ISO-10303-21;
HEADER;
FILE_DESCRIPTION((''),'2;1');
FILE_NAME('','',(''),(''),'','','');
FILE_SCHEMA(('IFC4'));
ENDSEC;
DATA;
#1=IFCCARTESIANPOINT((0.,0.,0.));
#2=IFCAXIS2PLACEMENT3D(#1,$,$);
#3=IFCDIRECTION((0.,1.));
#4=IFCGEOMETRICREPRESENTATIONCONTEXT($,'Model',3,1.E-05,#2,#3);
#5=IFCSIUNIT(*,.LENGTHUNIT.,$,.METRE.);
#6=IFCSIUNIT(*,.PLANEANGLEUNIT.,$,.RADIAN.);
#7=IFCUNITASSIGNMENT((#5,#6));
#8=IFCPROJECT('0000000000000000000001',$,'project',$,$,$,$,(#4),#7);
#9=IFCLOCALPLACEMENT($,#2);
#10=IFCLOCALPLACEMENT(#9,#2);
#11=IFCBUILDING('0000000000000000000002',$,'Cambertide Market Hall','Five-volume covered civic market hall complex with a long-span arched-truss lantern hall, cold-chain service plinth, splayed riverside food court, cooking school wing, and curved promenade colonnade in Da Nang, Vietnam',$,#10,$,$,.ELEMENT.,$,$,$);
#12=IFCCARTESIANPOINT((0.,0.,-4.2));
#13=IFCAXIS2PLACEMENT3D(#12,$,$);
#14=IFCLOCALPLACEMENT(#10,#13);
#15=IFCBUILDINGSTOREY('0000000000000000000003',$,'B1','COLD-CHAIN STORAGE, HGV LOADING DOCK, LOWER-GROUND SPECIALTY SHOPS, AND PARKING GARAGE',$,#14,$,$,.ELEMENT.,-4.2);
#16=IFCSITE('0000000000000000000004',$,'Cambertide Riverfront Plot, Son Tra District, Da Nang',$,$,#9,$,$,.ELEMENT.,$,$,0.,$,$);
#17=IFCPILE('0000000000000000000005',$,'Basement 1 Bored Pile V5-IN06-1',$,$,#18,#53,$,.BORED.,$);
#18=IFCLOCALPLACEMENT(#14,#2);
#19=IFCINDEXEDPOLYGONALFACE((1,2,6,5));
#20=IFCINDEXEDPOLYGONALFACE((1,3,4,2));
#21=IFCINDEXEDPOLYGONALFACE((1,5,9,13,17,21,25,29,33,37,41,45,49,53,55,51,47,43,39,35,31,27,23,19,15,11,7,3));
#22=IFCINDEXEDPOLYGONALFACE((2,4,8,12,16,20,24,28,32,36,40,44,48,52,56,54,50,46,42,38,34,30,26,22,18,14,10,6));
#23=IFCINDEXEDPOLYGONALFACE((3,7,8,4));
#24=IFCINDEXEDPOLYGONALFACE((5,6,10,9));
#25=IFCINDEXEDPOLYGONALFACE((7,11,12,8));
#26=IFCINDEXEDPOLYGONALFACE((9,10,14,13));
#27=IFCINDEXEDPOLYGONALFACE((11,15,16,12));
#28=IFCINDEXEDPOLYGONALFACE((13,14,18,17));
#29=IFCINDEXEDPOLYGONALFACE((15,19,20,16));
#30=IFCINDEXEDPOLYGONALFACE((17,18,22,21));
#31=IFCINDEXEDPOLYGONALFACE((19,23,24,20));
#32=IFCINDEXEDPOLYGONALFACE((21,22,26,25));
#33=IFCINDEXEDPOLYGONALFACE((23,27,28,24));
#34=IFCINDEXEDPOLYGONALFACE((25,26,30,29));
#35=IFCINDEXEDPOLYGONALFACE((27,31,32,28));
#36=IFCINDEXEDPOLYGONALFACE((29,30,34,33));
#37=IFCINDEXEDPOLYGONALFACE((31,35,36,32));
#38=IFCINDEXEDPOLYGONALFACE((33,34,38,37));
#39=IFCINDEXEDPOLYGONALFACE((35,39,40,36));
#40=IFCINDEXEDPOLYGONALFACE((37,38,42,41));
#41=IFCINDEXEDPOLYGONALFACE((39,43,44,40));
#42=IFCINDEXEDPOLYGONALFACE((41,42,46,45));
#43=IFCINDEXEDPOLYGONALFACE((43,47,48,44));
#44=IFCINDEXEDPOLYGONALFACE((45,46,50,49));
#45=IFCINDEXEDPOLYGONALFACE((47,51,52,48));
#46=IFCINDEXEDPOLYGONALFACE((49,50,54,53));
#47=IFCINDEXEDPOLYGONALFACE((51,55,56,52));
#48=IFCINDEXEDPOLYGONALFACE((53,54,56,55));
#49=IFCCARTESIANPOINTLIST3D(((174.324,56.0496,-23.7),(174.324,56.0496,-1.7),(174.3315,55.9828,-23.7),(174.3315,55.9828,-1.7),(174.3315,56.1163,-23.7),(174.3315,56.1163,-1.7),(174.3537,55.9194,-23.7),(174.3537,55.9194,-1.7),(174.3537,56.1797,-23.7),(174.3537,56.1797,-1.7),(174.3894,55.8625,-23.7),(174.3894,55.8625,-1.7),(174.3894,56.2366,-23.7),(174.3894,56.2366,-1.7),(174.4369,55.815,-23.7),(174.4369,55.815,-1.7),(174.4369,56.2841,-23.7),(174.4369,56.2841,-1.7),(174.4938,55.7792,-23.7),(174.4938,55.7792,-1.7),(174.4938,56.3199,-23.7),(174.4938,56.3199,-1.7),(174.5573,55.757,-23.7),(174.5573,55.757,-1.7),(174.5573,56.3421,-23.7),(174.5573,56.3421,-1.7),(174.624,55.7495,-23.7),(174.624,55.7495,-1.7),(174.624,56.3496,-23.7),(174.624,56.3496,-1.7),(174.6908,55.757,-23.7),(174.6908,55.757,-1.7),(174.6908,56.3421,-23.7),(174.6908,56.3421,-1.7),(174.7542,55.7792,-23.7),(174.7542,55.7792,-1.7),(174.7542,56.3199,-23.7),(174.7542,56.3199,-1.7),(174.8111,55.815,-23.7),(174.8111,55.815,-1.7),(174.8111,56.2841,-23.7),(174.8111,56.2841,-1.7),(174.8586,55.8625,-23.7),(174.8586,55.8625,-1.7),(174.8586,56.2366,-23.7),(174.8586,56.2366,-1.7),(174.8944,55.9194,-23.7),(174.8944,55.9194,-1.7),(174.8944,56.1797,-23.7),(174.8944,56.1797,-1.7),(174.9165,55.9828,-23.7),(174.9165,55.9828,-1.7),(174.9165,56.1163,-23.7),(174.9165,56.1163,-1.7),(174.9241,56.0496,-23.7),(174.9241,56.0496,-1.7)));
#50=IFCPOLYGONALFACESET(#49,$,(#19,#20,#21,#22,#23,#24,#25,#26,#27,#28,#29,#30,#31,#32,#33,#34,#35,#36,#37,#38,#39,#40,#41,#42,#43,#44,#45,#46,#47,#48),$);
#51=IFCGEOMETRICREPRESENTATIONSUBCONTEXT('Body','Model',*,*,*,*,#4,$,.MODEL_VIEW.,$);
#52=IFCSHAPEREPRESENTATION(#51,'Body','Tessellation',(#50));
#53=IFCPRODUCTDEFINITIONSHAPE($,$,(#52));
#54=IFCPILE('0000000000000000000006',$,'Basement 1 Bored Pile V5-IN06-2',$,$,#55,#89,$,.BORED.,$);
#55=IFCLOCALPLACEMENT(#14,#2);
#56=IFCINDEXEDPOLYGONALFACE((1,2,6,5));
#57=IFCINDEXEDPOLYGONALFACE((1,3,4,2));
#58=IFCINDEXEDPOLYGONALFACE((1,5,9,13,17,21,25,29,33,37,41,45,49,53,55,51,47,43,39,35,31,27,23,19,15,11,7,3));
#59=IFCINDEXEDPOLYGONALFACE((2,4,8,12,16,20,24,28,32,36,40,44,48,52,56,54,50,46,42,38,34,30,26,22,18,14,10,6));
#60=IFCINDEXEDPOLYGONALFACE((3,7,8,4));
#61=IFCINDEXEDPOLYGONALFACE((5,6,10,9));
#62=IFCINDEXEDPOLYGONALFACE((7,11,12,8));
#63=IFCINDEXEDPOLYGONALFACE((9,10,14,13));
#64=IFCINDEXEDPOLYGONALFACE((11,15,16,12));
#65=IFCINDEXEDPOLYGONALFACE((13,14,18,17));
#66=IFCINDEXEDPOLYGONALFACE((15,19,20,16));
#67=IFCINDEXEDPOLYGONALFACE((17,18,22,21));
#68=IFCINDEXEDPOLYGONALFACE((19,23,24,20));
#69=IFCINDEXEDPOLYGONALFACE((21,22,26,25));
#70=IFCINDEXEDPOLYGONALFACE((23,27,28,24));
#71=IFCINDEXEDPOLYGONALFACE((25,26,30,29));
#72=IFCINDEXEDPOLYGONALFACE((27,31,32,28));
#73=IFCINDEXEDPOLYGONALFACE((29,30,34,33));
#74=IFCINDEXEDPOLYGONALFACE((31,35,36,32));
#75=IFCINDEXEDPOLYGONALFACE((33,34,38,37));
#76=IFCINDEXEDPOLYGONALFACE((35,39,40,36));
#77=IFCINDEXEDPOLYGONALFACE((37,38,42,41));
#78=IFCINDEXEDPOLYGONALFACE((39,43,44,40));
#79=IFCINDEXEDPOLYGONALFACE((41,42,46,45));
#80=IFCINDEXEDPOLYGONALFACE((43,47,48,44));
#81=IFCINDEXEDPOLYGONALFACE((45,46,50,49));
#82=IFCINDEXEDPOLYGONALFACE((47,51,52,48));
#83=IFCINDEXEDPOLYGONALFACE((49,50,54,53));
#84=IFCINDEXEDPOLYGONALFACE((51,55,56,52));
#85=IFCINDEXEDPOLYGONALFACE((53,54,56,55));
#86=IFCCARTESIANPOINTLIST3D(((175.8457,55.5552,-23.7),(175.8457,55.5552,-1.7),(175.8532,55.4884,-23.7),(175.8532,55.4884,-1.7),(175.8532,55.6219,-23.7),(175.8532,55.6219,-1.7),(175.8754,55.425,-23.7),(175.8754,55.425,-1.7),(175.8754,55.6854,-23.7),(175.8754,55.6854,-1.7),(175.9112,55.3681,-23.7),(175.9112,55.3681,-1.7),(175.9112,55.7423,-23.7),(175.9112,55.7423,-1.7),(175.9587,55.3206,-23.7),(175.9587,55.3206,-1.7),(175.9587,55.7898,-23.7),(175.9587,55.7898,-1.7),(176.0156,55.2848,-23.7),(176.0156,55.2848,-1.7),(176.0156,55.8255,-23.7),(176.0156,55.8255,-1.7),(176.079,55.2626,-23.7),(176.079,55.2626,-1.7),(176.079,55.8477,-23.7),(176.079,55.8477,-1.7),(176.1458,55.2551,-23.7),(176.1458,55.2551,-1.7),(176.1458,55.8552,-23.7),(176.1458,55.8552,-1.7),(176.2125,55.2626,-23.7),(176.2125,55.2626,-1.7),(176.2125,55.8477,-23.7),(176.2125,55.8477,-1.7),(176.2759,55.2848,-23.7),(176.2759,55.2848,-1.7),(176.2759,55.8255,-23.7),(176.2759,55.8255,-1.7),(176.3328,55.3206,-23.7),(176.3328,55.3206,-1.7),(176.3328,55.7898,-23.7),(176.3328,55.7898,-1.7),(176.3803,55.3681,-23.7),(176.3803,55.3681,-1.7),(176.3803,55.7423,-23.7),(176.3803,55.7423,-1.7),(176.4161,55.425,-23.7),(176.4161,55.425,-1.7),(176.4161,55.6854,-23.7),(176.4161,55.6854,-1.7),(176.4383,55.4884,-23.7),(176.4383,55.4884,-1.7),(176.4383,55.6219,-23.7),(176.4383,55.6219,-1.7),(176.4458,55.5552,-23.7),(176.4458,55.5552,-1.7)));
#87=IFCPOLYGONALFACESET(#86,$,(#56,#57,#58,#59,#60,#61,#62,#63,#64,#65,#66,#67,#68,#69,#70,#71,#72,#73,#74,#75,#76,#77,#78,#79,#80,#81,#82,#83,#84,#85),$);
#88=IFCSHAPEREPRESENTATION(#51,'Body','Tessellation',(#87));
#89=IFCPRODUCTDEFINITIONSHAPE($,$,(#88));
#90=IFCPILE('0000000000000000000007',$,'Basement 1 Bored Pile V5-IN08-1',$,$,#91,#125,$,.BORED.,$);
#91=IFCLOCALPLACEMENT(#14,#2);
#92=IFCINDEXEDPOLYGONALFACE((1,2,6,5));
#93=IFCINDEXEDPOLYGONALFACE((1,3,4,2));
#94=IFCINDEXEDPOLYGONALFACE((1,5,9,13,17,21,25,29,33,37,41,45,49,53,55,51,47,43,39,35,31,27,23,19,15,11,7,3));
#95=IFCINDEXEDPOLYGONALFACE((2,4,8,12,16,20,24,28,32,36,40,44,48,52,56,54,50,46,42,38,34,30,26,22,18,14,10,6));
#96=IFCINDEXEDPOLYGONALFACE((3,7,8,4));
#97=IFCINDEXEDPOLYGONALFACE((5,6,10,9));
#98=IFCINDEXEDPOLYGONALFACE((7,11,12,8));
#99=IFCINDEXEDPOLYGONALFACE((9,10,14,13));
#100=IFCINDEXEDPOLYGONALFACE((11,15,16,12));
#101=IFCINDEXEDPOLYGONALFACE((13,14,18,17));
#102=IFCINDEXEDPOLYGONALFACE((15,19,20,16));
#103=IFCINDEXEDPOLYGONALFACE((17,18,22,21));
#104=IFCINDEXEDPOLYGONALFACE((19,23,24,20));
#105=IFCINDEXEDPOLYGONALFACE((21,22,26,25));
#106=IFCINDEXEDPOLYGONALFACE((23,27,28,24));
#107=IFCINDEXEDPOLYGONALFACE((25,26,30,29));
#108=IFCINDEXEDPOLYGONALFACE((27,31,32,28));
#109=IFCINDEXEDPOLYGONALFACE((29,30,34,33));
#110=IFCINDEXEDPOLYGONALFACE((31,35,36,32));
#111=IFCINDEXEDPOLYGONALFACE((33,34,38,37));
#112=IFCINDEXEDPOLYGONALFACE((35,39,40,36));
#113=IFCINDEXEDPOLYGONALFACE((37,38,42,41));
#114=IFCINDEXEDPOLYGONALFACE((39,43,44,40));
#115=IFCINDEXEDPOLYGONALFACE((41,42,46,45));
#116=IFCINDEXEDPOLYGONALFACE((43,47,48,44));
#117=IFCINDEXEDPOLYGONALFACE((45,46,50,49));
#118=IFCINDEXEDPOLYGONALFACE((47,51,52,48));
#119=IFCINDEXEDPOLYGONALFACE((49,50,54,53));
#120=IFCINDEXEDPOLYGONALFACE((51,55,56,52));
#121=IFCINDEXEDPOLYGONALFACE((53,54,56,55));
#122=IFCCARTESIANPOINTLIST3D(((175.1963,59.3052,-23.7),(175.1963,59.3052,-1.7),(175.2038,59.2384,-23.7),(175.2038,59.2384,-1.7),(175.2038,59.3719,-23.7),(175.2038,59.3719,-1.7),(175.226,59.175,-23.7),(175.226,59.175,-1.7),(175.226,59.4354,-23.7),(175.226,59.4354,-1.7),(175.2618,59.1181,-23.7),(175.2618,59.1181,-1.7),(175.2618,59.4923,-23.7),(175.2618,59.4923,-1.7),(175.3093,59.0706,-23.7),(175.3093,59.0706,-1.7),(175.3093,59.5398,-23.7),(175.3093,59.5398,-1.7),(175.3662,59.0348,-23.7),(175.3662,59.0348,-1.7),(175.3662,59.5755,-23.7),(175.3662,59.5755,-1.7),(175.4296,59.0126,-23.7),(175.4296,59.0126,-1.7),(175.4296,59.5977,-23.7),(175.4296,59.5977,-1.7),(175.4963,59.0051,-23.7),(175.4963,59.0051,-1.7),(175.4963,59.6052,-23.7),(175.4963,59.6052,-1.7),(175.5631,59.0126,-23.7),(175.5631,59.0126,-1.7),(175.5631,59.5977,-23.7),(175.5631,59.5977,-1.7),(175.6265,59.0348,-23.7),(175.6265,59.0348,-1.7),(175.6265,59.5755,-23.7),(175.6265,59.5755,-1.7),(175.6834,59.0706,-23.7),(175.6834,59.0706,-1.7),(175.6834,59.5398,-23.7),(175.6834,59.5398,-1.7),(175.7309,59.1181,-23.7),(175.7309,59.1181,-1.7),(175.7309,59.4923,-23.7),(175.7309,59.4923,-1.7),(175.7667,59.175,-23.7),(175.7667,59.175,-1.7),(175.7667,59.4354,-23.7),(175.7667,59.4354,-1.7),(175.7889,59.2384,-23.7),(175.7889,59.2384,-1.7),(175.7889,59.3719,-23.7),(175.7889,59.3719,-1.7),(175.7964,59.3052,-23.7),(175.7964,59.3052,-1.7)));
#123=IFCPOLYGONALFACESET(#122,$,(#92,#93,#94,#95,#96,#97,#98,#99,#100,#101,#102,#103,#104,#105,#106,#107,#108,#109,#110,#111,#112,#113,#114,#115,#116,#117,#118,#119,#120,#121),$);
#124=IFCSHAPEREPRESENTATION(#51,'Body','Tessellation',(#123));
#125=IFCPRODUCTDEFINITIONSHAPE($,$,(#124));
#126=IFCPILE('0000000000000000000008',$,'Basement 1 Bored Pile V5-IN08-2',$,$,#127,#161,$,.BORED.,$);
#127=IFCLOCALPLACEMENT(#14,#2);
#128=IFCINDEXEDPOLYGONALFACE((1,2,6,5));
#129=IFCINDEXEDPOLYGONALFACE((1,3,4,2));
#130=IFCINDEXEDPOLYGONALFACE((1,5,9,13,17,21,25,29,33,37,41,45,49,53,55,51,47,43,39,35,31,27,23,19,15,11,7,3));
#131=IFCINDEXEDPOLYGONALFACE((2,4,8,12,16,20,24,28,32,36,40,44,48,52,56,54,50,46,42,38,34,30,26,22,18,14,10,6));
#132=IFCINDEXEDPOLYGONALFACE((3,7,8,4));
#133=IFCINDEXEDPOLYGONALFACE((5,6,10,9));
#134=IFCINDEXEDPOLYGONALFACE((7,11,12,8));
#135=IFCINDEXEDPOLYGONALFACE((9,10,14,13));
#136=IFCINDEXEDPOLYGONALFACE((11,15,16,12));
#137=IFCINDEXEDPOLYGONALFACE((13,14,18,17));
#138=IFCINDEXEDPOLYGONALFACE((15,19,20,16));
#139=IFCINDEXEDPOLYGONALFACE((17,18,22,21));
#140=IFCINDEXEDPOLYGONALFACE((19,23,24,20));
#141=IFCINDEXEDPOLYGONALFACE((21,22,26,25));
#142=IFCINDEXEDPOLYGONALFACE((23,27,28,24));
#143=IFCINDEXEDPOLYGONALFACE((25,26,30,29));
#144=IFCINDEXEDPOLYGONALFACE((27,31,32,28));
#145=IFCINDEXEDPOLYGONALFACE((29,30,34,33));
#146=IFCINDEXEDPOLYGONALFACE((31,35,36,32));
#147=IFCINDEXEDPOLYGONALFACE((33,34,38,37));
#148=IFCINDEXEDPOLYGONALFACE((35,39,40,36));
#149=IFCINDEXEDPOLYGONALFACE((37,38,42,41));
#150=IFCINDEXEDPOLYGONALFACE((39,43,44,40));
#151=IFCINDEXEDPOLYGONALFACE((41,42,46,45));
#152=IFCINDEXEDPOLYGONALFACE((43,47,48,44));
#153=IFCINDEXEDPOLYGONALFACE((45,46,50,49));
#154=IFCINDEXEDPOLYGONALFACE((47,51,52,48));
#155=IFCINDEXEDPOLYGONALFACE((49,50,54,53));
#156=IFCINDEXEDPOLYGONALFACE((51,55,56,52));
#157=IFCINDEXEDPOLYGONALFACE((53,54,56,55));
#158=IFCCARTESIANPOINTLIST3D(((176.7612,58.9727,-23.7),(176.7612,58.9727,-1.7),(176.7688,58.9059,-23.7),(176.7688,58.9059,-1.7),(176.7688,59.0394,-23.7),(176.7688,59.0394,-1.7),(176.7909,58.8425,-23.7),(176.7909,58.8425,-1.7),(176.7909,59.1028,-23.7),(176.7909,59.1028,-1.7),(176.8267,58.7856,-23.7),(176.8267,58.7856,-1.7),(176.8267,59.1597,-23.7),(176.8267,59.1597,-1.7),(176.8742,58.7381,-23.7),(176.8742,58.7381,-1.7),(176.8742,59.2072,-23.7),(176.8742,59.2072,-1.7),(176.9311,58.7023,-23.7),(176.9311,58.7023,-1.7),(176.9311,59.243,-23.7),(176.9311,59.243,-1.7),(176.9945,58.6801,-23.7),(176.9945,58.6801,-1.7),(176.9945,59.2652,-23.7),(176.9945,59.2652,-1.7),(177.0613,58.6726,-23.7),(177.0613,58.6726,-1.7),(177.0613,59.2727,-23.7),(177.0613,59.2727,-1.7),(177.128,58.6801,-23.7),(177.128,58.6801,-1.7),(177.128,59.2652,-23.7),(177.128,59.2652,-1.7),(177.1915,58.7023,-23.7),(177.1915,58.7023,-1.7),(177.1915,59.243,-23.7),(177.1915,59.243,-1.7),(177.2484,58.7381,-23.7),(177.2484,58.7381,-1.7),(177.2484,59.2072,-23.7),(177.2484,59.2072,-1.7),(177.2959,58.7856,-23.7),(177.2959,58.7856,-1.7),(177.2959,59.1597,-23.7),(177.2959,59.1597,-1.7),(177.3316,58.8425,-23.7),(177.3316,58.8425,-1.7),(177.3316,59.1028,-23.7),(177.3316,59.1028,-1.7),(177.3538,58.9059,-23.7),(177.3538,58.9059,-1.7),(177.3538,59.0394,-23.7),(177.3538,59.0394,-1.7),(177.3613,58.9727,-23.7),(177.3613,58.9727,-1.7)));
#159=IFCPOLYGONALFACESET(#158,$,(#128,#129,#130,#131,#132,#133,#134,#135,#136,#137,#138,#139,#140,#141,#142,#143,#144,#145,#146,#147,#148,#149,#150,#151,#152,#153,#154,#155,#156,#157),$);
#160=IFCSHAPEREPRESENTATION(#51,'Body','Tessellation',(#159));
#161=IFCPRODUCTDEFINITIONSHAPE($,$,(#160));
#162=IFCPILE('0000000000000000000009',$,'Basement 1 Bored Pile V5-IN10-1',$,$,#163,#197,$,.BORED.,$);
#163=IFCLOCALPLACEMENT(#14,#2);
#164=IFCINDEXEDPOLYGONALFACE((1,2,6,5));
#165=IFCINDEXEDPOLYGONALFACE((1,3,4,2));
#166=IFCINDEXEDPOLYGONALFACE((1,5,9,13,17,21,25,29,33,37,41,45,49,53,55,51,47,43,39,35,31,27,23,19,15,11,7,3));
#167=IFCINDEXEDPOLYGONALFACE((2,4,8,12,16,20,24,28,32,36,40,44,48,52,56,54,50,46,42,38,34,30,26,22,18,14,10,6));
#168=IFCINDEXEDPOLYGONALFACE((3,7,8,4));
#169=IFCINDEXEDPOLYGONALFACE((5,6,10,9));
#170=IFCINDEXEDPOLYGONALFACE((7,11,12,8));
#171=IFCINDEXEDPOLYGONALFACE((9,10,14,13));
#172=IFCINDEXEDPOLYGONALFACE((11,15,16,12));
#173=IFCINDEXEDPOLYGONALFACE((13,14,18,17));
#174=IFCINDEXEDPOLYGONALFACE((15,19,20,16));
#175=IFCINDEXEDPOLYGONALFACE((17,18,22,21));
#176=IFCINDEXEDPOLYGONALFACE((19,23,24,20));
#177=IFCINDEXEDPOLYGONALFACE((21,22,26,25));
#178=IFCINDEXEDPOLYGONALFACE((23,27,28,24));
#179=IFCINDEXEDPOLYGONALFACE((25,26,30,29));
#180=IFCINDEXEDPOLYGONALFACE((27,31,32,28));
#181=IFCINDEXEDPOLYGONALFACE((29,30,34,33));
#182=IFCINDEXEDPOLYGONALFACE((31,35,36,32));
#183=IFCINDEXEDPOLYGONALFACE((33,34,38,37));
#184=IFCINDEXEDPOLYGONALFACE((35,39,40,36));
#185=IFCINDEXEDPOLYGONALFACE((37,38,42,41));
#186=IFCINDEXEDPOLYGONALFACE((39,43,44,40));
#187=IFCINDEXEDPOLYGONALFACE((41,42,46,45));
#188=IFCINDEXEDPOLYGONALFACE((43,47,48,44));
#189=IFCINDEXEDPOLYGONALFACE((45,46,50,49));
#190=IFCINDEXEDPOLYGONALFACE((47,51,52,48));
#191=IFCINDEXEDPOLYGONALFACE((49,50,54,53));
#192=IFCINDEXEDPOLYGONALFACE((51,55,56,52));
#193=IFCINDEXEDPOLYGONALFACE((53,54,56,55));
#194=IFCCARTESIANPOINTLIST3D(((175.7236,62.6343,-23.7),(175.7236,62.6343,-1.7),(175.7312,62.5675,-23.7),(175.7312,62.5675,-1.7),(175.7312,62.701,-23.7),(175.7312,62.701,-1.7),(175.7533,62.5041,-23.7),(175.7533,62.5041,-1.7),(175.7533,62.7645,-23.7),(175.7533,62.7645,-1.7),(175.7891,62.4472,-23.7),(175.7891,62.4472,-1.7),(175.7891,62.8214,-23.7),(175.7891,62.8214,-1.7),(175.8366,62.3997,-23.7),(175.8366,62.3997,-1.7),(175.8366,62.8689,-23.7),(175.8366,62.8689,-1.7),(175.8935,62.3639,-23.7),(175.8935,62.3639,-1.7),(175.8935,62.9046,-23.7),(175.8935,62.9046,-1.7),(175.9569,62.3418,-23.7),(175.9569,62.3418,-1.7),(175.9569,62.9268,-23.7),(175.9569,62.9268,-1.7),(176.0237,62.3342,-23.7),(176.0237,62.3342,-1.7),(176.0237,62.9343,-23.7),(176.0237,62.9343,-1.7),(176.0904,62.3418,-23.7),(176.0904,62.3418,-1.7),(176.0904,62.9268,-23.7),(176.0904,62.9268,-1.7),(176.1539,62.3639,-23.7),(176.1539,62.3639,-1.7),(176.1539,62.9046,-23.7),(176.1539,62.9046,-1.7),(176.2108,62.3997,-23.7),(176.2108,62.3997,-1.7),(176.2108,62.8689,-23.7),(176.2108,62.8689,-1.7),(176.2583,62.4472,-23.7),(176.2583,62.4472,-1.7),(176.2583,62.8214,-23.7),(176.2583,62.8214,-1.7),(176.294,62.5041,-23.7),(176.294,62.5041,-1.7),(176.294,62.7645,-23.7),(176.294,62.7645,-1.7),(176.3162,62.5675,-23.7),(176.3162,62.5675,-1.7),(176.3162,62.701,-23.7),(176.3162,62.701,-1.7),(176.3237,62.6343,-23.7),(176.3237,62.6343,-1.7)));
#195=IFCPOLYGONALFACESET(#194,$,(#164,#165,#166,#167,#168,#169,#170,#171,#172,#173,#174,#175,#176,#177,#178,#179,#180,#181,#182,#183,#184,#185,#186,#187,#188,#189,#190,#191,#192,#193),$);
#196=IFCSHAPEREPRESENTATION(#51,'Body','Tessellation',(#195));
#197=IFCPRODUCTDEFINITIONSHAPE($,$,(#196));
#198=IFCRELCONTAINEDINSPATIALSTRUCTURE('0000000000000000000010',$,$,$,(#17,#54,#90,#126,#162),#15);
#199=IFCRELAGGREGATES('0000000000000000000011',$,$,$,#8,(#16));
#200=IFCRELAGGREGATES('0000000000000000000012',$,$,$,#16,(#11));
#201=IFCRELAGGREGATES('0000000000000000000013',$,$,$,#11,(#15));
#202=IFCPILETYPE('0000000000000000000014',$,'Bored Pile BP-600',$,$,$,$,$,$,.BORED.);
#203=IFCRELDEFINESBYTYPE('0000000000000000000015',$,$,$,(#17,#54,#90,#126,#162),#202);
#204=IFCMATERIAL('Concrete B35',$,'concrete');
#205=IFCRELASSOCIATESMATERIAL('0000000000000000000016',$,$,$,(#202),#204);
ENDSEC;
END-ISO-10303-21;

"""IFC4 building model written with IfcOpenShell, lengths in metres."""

from ifc_helpers import new_model, si_unit, direction, frame, origin, origin_2d, place, context, subcontext, project, spatial, circle, extrude, material, material_profile, profile_set, type_object, element, save


model = new_model("IFC4")

# Units and contexts
model_context = context("Model", 3, precision=1e-05, world=origin(), true_north=direction((0.0, 1.0)))
body_context = subcontext(model_context, "Body", "Model", "MODEL_VIEW")
ifc_project = project(units=[si_unit("LENGTHUNIT", "METRE"), si_unit("PLANEANGLEUNIT", "RADIAN")], contexts=[model_context])

# Site, building, storey
site_placement = place(None, origin())
site = spatial("IfcSite", under=ifc_project, at=site_placement, Name="Cambertide Riverfront Plot, Son Tra District, Da Nang", CompositionType="ELEMENT", RefElevation=0.0)
building_placement = place(site_placement, origin())
building = spatial("IfcBuilding", under=site, at=building_placement, Name="Cambertide Market Hall", Description="Five-volume covered civic market hall complex with a long-span arched-truss lantern hall, cold-chain service plinth, splayed riverside food court, cooking school wing, and curved promenade colonnade in Da Nang, Vietnam", CompositionType="ELEMENT")
storey_placement = place(building_placement, frame((0.0, 0.0, -4.2)))
storey = spatial("IfcBuildingStorey", under=building, at=storey_placement, Name="B1", Description="COLD-CHAIN STORAGE, HGV LOADING DOCK, LOWER-GROUND SPECIALTY SHOPS, AND PARKING GARAGE", CompositionType="ELEMENT", Elevation=-4.2)

# Piles
ifc_material_1 = material(Name="Concrete B35", Category="concrete")
ifc_material_profile_1 = material_profile(ifc_material_1, circle(Radius=0.3, at=origin_2d()), Name="BP D600")
ifc_profile_set_1 = profile_set([ifc_material_profile_1], Name="Concrete B35")
pile_type = type_object("IfcPileType", Name="Bored Pile BP-600", PredefinedType="BORED", material=ifc_profile_set_1)
for number, where, z_axis, x_axis, name in (
    (1, (174.624, 56.0496, -1.7), (0.0, 0.0, -1.0), (1.0, 0.0, 0.0), "Basement 1 Bored Pile V5-IN06-1"),
    (2, (176.1458, 55.5552, -1.7), (0.0, 0.0, -1.0), (1.0, 0.0, 0.0), "Basement 1 Bored Pile V5-IN06-2"),
    (3, (175.4963, 59.3052, -1.7), (0.0, 0.0, -1.0), (1.0, 0.0, 0.0), "Basement 1 Bored Pile V5-IN08-1"),
    (4, (177.0613, 58.9727, -1.7), (0.0, 0.0, -1.0), (1.0, 0.0, 0.0), "Basement 1 Bored Pile V5-IN08-2"),
    (5, (176.0237, 62.6343, -1.7), (0.0, 0.0, -1.0), (1.0, 0.0, 0.0), "Basement 1 Bored Pile V5-IN10-1"),
):
    element("IfcPile", number, at=place(storey_placement, frame(where, z_axis=z_axis, x_axis=x_axis)), inside=storey, type_object=pile_type, Name=name, PredefinedType="BORED", context=body_context, shape_type="SweptSolid", body=[
        extrude(circle(Radius=0.3, at=origin_2d()), origin(), (0.0, 0.0, 1.0), 22.0),
    ])

save(model, "model.ifc")
